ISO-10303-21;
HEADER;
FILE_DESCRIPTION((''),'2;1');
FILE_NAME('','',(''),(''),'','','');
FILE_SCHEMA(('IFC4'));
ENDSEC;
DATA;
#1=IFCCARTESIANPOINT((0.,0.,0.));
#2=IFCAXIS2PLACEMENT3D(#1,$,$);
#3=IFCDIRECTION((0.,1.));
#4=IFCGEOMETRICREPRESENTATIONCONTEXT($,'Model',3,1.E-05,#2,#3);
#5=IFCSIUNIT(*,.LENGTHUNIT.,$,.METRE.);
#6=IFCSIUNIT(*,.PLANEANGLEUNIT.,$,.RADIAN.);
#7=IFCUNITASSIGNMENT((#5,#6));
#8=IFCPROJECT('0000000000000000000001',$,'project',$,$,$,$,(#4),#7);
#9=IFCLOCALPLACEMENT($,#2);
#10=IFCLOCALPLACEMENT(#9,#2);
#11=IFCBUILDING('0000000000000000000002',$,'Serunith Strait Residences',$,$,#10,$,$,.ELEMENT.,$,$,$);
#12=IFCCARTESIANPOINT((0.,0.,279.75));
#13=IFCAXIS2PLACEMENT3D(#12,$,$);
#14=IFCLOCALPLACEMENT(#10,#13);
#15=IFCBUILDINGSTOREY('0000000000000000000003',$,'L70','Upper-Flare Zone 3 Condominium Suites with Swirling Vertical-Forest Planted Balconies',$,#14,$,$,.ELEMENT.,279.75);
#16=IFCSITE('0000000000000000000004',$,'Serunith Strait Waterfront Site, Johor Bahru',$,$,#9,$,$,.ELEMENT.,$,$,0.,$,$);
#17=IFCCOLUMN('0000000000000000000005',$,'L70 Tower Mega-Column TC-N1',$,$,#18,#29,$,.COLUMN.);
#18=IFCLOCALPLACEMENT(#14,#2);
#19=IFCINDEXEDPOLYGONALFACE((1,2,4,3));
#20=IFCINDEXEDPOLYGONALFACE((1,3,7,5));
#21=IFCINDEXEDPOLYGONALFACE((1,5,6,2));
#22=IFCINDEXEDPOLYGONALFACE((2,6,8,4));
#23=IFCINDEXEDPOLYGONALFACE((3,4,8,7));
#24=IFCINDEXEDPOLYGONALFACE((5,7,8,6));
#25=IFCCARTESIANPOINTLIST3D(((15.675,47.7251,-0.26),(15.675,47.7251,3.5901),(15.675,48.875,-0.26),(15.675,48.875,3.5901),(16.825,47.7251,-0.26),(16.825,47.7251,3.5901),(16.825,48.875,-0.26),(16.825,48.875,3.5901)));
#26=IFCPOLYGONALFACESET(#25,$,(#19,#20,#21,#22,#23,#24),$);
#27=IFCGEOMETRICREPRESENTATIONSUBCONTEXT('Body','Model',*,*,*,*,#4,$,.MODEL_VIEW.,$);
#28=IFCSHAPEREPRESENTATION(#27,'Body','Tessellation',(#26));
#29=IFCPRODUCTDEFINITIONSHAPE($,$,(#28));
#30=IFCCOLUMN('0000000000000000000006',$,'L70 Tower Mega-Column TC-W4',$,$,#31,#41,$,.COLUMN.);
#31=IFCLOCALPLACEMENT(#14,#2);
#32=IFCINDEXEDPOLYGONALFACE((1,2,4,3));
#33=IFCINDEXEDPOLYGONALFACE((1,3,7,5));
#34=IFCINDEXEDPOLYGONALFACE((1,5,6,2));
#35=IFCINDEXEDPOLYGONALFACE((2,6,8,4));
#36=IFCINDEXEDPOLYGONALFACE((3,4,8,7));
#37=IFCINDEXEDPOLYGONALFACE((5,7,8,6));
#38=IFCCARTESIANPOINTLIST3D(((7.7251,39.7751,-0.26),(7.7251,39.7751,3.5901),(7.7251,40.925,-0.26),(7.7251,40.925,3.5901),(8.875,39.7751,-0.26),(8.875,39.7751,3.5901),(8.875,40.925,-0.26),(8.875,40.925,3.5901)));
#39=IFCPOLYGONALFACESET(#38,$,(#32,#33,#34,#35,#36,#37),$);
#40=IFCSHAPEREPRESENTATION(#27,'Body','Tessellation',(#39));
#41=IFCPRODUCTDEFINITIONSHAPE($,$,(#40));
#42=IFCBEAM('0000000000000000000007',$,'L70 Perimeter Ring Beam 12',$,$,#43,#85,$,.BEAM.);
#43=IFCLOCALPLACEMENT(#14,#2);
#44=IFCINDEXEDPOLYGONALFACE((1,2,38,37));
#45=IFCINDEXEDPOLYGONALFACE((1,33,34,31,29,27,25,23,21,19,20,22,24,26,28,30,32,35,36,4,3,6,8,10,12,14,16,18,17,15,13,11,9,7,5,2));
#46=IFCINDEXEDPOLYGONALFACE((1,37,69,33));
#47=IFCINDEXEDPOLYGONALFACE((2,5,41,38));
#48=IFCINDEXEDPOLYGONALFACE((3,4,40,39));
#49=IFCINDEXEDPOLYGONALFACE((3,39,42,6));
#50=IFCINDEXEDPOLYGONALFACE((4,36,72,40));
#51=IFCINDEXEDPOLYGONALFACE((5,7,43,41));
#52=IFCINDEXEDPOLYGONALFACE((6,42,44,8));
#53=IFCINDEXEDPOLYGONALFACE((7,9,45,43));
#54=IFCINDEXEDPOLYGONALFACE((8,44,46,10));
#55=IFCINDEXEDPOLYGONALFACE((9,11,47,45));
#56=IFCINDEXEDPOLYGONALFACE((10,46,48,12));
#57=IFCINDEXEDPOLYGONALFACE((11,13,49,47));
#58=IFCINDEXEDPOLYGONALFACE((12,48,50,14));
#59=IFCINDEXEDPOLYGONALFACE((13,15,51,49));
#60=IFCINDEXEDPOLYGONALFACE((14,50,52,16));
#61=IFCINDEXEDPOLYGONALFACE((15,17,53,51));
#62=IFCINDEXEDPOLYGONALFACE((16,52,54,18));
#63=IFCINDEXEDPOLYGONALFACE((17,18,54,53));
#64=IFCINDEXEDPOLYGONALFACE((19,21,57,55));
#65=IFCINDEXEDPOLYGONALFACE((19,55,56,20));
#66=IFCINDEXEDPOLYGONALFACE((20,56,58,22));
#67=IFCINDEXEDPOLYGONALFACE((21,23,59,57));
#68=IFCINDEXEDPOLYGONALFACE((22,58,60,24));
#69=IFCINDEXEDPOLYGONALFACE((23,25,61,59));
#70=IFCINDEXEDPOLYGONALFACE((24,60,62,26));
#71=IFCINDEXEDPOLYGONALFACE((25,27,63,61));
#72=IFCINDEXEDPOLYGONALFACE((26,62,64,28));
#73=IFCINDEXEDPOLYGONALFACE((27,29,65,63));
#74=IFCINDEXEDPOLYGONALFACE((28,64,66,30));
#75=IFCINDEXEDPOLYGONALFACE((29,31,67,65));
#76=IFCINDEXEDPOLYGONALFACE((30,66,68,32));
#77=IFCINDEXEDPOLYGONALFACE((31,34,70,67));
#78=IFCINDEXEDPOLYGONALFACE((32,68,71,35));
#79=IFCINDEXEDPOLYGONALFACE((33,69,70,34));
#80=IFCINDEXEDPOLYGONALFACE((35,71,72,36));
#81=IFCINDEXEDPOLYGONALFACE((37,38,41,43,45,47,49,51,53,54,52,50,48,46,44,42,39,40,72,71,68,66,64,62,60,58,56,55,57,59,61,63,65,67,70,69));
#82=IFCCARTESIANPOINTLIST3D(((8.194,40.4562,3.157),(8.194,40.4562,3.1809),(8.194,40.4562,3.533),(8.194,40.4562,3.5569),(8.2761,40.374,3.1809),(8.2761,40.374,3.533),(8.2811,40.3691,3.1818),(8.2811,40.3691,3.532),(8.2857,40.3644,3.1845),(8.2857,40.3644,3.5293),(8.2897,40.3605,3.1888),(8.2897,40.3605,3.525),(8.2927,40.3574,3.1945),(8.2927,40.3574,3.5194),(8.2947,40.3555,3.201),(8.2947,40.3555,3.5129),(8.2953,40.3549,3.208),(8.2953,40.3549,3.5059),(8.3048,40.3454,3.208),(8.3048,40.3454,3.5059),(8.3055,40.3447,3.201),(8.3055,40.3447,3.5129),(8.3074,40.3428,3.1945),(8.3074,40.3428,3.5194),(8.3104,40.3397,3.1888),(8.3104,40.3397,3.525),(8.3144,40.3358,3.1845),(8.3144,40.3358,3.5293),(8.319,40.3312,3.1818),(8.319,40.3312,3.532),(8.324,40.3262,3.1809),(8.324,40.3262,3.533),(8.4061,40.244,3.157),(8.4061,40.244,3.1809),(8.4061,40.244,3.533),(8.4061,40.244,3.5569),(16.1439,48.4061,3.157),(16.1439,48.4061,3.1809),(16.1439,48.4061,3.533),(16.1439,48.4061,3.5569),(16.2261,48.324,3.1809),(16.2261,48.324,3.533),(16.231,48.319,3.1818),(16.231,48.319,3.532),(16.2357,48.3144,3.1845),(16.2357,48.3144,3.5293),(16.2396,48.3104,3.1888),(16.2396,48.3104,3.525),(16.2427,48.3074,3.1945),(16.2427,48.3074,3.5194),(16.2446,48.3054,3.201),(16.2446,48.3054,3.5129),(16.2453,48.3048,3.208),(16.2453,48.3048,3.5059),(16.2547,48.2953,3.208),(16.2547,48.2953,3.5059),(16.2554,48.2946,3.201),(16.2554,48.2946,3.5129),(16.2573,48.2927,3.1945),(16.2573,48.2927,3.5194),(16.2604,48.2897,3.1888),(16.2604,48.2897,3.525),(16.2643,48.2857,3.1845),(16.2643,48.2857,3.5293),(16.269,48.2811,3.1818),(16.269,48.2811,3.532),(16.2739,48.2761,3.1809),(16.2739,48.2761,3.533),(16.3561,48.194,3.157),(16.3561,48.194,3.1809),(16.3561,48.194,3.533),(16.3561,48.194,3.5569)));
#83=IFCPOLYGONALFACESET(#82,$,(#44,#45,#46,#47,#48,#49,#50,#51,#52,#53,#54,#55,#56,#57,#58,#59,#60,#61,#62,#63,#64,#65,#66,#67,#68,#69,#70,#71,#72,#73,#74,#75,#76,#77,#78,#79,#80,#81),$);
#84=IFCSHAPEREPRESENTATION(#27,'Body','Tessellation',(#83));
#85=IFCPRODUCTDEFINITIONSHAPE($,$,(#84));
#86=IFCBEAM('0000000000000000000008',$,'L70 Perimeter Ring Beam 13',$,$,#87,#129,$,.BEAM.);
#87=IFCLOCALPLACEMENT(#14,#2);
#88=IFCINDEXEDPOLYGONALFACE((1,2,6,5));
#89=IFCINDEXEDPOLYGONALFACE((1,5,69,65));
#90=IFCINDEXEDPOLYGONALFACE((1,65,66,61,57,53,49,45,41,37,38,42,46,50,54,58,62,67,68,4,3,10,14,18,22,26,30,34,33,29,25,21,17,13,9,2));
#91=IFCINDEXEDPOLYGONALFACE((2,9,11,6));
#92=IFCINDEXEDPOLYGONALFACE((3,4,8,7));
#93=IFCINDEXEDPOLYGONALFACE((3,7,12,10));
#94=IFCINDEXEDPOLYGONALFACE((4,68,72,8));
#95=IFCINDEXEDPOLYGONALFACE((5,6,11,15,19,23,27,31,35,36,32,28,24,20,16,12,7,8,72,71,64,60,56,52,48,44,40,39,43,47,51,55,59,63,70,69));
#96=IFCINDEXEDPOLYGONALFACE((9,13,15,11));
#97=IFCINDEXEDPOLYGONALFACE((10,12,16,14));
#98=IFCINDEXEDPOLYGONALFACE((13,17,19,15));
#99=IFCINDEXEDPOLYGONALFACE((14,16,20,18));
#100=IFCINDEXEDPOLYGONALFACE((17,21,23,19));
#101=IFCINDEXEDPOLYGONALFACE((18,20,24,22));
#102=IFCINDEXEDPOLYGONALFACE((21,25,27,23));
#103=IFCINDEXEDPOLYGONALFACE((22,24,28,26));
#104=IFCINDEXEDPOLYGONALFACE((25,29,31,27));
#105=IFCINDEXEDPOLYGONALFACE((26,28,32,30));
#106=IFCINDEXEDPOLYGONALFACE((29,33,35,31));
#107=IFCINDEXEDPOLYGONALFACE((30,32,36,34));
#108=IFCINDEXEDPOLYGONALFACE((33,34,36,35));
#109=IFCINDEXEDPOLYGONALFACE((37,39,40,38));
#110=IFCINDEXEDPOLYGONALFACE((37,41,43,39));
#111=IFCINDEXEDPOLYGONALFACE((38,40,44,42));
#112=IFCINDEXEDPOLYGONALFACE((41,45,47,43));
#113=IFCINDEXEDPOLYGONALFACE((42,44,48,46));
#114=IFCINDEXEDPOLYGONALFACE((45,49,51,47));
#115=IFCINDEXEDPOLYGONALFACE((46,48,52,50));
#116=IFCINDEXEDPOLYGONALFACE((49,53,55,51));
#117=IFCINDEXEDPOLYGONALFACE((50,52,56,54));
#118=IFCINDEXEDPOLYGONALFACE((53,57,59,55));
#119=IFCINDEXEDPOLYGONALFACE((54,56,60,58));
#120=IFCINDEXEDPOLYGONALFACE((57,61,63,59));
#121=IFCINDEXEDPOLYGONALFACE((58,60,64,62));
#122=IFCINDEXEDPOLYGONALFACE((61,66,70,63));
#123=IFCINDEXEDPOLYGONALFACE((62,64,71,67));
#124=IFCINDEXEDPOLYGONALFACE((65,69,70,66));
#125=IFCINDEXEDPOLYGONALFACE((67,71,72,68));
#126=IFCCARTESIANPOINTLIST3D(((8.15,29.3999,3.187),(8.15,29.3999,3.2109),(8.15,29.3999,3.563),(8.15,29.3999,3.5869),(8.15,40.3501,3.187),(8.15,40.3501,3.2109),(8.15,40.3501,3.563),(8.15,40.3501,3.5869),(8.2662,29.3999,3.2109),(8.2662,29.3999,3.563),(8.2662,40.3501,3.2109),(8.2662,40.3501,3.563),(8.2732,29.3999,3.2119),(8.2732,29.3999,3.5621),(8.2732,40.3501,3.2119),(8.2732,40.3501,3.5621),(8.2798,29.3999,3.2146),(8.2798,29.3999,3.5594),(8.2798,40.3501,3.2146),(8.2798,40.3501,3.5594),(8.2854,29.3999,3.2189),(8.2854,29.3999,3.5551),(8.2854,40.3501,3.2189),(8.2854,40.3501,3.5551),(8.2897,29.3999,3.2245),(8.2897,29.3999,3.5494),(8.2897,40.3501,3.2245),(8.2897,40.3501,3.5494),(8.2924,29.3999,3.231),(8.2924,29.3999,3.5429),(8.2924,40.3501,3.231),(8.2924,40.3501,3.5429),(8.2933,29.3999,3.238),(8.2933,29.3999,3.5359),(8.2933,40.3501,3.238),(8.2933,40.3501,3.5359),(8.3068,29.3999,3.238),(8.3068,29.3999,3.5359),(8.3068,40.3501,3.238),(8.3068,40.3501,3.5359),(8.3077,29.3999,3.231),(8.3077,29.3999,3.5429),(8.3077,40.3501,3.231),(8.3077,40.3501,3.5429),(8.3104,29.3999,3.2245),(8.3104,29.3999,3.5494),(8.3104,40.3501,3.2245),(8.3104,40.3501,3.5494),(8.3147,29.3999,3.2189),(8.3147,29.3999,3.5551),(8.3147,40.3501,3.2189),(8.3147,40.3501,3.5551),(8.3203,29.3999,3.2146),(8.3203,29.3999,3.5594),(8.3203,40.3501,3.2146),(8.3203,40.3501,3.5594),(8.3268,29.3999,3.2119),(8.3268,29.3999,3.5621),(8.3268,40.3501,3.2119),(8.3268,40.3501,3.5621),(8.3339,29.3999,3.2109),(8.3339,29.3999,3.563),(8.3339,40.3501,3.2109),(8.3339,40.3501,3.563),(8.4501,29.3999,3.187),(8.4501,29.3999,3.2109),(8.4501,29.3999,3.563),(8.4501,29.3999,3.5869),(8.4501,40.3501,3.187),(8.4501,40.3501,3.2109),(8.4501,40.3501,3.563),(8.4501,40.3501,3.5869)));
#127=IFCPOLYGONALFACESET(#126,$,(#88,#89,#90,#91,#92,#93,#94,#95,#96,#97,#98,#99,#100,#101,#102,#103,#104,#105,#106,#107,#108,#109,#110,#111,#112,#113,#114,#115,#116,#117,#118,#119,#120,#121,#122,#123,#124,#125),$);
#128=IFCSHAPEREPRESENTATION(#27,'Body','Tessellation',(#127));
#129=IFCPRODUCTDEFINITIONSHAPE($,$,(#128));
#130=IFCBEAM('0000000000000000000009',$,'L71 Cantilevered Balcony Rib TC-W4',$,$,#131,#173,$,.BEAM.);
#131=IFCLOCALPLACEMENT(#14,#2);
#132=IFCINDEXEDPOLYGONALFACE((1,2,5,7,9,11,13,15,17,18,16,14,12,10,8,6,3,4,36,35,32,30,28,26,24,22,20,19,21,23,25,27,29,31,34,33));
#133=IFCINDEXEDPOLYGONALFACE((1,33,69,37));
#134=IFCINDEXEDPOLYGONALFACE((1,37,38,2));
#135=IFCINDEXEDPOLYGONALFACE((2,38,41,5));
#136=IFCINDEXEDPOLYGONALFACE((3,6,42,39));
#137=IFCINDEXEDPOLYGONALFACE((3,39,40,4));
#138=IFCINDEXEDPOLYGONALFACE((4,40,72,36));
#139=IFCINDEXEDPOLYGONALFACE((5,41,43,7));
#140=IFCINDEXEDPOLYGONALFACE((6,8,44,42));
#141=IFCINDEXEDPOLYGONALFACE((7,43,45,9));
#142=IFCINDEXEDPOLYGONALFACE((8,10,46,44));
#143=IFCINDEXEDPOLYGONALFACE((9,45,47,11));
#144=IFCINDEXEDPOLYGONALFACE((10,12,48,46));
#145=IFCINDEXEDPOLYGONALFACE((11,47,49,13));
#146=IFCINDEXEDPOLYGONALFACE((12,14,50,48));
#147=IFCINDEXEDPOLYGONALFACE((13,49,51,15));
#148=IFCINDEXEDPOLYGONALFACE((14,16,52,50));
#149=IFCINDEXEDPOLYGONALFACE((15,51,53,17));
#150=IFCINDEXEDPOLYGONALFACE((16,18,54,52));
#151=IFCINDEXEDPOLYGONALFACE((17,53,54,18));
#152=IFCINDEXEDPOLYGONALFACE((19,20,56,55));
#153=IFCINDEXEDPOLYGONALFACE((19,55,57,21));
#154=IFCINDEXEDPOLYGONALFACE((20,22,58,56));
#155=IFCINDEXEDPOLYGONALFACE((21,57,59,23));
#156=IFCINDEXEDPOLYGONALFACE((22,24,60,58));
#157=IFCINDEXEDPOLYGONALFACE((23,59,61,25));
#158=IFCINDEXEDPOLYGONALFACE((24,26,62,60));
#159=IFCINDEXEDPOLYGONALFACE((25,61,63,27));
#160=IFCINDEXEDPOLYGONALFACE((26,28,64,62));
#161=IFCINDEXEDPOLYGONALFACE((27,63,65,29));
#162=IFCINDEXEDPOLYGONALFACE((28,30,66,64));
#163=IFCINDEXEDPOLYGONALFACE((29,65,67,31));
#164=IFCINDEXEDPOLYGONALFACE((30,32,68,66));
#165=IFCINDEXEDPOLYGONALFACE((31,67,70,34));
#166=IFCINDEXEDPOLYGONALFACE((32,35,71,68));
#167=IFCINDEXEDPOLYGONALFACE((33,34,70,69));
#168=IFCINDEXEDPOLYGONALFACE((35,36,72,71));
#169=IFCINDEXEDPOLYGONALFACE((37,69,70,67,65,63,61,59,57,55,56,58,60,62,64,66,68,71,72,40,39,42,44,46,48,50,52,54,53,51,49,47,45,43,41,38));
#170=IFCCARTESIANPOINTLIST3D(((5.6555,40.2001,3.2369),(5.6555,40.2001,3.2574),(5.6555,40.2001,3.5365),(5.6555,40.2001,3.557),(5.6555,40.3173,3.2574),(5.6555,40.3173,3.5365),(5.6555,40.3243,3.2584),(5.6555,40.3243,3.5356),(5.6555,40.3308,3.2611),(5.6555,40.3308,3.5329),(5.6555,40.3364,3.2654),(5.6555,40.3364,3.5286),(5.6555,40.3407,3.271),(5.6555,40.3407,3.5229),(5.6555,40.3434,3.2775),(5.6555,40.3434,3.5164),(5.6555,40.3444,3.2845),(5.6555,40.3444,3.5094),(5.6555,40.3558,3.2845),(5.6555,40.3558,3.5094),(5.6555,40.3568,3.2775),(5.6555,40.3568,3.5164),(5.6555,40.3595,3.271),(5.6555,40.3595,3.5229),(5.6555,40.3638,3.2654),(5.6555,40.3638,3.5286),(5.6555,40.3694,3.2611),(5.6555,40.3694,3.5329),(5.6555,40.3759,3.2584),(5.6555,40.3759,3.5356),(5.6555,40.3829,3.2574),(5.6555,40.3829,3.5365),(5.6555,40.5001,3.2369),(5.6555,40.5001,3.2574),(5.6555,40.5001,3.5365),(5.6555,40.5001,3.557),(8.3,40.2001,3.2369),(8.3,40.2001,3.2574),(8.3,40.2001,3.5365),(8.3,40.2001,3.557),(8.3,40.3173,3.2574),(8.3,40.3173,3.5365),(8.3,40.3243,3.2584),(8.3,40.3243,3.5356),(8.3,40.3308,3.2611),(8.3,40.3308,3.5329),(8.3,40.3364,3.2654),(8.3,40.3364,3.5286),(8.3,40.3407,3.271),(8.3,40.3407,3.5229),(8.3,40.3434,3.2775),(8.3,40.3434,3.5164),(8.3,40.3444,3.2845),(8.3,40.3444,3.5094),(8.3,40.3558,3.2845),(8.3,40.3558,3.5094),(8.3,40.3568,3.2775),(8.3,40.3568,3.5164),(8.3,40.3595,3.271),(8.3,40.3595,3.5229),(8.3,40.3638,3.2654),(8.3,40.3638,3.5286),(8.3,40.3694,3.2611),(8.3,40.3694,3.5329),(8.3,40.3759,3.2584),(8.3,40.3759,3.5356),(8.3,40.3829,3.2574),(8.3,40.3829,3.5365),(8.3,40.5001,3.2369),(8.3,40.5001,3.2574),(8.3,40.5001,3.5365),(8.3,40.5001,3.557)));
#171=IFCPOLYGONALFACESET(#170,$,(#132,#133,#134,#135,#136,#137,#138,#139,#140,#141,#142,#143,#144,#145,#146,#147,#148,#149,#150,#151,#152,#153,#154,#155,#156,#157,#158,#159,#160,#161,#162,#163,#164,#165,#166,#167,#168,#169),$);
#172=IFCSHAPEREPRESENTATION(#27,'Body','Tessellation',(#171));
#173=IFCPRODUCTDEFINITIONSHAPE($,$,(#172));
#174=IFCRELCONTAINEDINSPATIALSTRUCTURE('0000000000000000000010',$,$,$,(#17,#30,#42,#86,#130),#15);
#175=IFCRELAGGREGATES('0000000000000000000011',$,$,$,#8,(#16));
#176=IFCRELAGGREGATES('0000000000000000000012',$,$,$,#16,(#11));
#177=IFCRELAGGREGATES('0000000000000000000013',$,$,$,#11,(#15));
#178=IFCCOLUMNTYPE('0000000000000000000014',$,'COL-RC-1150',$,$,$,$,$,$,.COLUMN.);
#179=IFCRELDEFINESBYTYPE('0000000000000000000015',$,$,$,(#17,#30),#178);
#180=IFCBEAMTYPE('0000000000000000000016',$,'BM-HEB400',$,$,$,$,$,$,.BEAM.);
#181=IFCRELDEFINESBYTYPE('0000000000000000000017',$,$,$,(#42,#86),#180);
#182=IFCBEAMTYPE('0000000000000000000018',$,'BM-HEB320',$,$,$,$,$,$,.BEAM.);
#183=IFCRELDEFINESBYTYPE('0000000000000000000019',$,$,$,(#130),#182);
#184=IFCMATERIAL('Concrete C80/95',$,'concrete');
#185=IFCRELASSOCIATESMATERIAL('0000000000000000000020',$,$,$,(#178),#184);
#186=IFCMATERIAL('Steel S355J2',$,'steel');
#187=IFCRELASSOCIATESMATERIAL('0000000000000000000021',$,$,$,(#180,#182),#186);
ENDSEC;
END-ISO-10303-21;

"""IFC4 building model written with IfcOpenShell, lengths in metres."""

from ifc_helpers import new_model, si_unit, direction, frame, origin, origin_2d, place, context, subcontext, project, spatial, rectangle, i_section, extrude, source, transform, mapped, material, material_profile, profile_set, type_object, element, save


model = new_model("IFC4")

# Units and contexts
model_context = context("Model", 3, precision=1e-05, world=origin(), true_north=direction((0.0, 1.0)))
body_context = subcontext(model_context, "Body", "Model", "MODEL_VIEW")
ifc_project = project(units=[si_unit("LENGTHUNIT", "METRE"), si_unit("PLANEANGLEUNIT", "RADIAN")], contexts=[model_context])

# Site, building, storey
site_placement = place(None, origin())
site = spatial("IfcSite", under=ifc_project, at=site_placement, Name="Serunith Strait Waterfront Site, Johor Bahru", CompositionType="ELEMENT", RefElevation=0.0)
building_placement = place(site_placement, origin())
building = spatial("IfcBuilding", under=site, at=building_placement, Name="Serunith Strait Residences", CompositionType="ELEMENT")
storey_placement = place(building_placement, frame((0.0, 0.0, 279.75)))
storey = spatial("IfcBuildingStorey", under=building, at=storey_placement, Name="L70", Description="Upper-Flare Zone 3 Condominium Suites with Swirling Vertical-Forest Planted Balconies", CompositionType="ELEMENT", Elevation=279.75)

# Columns
ifc_material_1 = material(Name="Concrete C80/95", Category="concrete")
ifc_material_profile_1 = material_profile(ifc_material_1, rectangle(XDim=1.1499, YDim=1.1499, at=origin_2d()), Name="RC 1150x1150")
ifc_profile_set_1 = profile_set([ifc_material_profile_1], Name="Concrete C80/95")
column_type = type_object("IfcColumnType", Name="COL-RC-1150", PredefinedType="COLUMN", material=ifc_profile_set_1)
shared_shape_1 = source(origin(), body_context, "Body", "SweptSolid", [
    extrude(rectangle(XDim=1.1499, YDim=1.1499, at=origin_2d()), origin(), (0.0, 0.0, 1.0), 3.8501),
])
for number, where, z_axis, x_axis, name in (
    (1, (16.25, 48.3, -0.26), (0.0, 0.0, 1.0), (1.0, 0.0, 0.0), "L70 Tower Mega-Column TC-N1"),
    (2, (8.3, 40.3501, -0.26), (0.0, 0.0, 1.0), (1.0, 0.0, 0.0), "L70 Tower Mega-Column TC-W4"),
):
    element("IfcColumn", number, at=place(storey_placement, frame(where, z_axis=z_axis, x_axis=x_axis)), inside=storey, type_object=column_type, Name=name, PredefinedType="COLUMN", context=body_context, shape_type="MappedRepresentation", body=[
        mapped(shared_shape_1, transform((0.0, 0.0, 0.0), scale=1.0)),
    ])

# Beams
ifc_material_2 = material(Name="Steel S355J2", Category="steel")
ifc_material_profile_2 = material_profile(ifc_material_2, i_section(OverallWidth=0.3, OverallDepth=0.3999, WebThickness=0.0134, FlangeThickness=0.0239, FilletRadius=0.0271, at=origin_2d()), Name="HEB 400")
ifc_profile_set_2 = profile_set([ifc_material_profile_2], Name="Steel S355J2")
beam_type_1 = type_object("IfcBeamType", Name="BM-HEB400", PredefinedType="BEAM", material=ifc_profile_set_2)
shared_shape_2 = source(origin(), body_context, "Body", "SweptSolid", [
    extrude(i_section(OverallWidth=0.3, OverallDepth=0.3999, WebThickness=0.0134, FlangeThickness=0.0239, FilletRadius=0.0271, at=origin_2d()), origin(), (0.0, 0.0, 1.0), 11.2429),
])
beam_1_placement = place(storey_placement, frame((16.25, 48.3, 3.3569), z_axis=(-0.707107, -0.707107, 0.0), x_axis=(0.707107, -0.707107, 0.0)))
element("IfcBeam", 3, at=beam_1_placement, inside=storey, type_object=beam_type_1, Name="L70 Perimeter Ring Beam 12", PredefinedType="BEAM", context=body_context, shape_type="MappedRepresentation", body=[
    mapped(shared_shape_2, transform((0.0, 0.0, 0.0), scale=1.0)),
])
shared_shape_3 = source(origin(), body_context, "Body", "SweptSolid", [
    extrude(i_section(OverallWidth=0.3, OverallDepth=0.3999, WebThickness=0.0134, FlangeThickness=0.0239, FilletRadius=0.0271, at=origin_2d()), origin(), (0.0, 0.0, 1.0), 10.9502),
])
beam_2_placement = place(storey_placement, frame((8.3, 40.3501, 3.387), z_axis=(0.0, -1.0, 0.0), x_axis=(1.0, 0.0, 0.0)))
element("IfcBeam", 4, at=beam_2_placement, inside=storey, type_object=beam_type_1, Name="L70 Perimeter Ring Beam 13", PredefinedType="BEAM", context=body_context, shape_type="MappedRepresentation", body=[
    mapped(shared_shape_3, transform((0.0, 0.0, 0.0), scale=1.0)),
])
ifc_material_profile_3 = material_profile(ifc_material_2, i_section(OverallWidth=0.3, OverallDepth=0.3201, WebThickness=0.0115, FlangeThickness=0.0205, FilletRadius=0.0271, at=origin_2d()), Name="HEB 320")
ifc_profile_set_3 = profile_set([ifc_material_profile_3], Name="Steel S355J2")
beam_type_2 = type_object("IfcBeamType", Name="BM-HEB320", PredefinedType="BEAM", material=ifc_profile_set_3)
shared_shape_4 = source(origin(), body_context, "Body", "SweptSolid", [
    extrude(i_section(OverallWidth=0.3, OverallDepth=0.3201, WebThickness=0.0115, FlangeThickness=0.0205, FilletRadius=0.0271, at=origin_2d()), origin(), (0.0, 0.0, 1.0), 2.6445),
])
beam_3_placement = place(storey_placement, frame((8.3, 40.3501, 3.397), z_axis=(-1.0, 0.0, 0.0), x_axis=(0.0, -1.0, 0.0)))
element("IfcBeam", 5, at=beam_3_placement, inside=storey, type_object=beam_type_2, Name="L71 Cantilevered Balcony Rib TC-W4", PredefinedType="BEAM", context=body_context, shape_type="MappedRepresentation", body=[
    mapped(shared_shape_4, transform((0.0, 0.0, 0.0), scale=1.0)),
])

save(model, "model.ifc")
